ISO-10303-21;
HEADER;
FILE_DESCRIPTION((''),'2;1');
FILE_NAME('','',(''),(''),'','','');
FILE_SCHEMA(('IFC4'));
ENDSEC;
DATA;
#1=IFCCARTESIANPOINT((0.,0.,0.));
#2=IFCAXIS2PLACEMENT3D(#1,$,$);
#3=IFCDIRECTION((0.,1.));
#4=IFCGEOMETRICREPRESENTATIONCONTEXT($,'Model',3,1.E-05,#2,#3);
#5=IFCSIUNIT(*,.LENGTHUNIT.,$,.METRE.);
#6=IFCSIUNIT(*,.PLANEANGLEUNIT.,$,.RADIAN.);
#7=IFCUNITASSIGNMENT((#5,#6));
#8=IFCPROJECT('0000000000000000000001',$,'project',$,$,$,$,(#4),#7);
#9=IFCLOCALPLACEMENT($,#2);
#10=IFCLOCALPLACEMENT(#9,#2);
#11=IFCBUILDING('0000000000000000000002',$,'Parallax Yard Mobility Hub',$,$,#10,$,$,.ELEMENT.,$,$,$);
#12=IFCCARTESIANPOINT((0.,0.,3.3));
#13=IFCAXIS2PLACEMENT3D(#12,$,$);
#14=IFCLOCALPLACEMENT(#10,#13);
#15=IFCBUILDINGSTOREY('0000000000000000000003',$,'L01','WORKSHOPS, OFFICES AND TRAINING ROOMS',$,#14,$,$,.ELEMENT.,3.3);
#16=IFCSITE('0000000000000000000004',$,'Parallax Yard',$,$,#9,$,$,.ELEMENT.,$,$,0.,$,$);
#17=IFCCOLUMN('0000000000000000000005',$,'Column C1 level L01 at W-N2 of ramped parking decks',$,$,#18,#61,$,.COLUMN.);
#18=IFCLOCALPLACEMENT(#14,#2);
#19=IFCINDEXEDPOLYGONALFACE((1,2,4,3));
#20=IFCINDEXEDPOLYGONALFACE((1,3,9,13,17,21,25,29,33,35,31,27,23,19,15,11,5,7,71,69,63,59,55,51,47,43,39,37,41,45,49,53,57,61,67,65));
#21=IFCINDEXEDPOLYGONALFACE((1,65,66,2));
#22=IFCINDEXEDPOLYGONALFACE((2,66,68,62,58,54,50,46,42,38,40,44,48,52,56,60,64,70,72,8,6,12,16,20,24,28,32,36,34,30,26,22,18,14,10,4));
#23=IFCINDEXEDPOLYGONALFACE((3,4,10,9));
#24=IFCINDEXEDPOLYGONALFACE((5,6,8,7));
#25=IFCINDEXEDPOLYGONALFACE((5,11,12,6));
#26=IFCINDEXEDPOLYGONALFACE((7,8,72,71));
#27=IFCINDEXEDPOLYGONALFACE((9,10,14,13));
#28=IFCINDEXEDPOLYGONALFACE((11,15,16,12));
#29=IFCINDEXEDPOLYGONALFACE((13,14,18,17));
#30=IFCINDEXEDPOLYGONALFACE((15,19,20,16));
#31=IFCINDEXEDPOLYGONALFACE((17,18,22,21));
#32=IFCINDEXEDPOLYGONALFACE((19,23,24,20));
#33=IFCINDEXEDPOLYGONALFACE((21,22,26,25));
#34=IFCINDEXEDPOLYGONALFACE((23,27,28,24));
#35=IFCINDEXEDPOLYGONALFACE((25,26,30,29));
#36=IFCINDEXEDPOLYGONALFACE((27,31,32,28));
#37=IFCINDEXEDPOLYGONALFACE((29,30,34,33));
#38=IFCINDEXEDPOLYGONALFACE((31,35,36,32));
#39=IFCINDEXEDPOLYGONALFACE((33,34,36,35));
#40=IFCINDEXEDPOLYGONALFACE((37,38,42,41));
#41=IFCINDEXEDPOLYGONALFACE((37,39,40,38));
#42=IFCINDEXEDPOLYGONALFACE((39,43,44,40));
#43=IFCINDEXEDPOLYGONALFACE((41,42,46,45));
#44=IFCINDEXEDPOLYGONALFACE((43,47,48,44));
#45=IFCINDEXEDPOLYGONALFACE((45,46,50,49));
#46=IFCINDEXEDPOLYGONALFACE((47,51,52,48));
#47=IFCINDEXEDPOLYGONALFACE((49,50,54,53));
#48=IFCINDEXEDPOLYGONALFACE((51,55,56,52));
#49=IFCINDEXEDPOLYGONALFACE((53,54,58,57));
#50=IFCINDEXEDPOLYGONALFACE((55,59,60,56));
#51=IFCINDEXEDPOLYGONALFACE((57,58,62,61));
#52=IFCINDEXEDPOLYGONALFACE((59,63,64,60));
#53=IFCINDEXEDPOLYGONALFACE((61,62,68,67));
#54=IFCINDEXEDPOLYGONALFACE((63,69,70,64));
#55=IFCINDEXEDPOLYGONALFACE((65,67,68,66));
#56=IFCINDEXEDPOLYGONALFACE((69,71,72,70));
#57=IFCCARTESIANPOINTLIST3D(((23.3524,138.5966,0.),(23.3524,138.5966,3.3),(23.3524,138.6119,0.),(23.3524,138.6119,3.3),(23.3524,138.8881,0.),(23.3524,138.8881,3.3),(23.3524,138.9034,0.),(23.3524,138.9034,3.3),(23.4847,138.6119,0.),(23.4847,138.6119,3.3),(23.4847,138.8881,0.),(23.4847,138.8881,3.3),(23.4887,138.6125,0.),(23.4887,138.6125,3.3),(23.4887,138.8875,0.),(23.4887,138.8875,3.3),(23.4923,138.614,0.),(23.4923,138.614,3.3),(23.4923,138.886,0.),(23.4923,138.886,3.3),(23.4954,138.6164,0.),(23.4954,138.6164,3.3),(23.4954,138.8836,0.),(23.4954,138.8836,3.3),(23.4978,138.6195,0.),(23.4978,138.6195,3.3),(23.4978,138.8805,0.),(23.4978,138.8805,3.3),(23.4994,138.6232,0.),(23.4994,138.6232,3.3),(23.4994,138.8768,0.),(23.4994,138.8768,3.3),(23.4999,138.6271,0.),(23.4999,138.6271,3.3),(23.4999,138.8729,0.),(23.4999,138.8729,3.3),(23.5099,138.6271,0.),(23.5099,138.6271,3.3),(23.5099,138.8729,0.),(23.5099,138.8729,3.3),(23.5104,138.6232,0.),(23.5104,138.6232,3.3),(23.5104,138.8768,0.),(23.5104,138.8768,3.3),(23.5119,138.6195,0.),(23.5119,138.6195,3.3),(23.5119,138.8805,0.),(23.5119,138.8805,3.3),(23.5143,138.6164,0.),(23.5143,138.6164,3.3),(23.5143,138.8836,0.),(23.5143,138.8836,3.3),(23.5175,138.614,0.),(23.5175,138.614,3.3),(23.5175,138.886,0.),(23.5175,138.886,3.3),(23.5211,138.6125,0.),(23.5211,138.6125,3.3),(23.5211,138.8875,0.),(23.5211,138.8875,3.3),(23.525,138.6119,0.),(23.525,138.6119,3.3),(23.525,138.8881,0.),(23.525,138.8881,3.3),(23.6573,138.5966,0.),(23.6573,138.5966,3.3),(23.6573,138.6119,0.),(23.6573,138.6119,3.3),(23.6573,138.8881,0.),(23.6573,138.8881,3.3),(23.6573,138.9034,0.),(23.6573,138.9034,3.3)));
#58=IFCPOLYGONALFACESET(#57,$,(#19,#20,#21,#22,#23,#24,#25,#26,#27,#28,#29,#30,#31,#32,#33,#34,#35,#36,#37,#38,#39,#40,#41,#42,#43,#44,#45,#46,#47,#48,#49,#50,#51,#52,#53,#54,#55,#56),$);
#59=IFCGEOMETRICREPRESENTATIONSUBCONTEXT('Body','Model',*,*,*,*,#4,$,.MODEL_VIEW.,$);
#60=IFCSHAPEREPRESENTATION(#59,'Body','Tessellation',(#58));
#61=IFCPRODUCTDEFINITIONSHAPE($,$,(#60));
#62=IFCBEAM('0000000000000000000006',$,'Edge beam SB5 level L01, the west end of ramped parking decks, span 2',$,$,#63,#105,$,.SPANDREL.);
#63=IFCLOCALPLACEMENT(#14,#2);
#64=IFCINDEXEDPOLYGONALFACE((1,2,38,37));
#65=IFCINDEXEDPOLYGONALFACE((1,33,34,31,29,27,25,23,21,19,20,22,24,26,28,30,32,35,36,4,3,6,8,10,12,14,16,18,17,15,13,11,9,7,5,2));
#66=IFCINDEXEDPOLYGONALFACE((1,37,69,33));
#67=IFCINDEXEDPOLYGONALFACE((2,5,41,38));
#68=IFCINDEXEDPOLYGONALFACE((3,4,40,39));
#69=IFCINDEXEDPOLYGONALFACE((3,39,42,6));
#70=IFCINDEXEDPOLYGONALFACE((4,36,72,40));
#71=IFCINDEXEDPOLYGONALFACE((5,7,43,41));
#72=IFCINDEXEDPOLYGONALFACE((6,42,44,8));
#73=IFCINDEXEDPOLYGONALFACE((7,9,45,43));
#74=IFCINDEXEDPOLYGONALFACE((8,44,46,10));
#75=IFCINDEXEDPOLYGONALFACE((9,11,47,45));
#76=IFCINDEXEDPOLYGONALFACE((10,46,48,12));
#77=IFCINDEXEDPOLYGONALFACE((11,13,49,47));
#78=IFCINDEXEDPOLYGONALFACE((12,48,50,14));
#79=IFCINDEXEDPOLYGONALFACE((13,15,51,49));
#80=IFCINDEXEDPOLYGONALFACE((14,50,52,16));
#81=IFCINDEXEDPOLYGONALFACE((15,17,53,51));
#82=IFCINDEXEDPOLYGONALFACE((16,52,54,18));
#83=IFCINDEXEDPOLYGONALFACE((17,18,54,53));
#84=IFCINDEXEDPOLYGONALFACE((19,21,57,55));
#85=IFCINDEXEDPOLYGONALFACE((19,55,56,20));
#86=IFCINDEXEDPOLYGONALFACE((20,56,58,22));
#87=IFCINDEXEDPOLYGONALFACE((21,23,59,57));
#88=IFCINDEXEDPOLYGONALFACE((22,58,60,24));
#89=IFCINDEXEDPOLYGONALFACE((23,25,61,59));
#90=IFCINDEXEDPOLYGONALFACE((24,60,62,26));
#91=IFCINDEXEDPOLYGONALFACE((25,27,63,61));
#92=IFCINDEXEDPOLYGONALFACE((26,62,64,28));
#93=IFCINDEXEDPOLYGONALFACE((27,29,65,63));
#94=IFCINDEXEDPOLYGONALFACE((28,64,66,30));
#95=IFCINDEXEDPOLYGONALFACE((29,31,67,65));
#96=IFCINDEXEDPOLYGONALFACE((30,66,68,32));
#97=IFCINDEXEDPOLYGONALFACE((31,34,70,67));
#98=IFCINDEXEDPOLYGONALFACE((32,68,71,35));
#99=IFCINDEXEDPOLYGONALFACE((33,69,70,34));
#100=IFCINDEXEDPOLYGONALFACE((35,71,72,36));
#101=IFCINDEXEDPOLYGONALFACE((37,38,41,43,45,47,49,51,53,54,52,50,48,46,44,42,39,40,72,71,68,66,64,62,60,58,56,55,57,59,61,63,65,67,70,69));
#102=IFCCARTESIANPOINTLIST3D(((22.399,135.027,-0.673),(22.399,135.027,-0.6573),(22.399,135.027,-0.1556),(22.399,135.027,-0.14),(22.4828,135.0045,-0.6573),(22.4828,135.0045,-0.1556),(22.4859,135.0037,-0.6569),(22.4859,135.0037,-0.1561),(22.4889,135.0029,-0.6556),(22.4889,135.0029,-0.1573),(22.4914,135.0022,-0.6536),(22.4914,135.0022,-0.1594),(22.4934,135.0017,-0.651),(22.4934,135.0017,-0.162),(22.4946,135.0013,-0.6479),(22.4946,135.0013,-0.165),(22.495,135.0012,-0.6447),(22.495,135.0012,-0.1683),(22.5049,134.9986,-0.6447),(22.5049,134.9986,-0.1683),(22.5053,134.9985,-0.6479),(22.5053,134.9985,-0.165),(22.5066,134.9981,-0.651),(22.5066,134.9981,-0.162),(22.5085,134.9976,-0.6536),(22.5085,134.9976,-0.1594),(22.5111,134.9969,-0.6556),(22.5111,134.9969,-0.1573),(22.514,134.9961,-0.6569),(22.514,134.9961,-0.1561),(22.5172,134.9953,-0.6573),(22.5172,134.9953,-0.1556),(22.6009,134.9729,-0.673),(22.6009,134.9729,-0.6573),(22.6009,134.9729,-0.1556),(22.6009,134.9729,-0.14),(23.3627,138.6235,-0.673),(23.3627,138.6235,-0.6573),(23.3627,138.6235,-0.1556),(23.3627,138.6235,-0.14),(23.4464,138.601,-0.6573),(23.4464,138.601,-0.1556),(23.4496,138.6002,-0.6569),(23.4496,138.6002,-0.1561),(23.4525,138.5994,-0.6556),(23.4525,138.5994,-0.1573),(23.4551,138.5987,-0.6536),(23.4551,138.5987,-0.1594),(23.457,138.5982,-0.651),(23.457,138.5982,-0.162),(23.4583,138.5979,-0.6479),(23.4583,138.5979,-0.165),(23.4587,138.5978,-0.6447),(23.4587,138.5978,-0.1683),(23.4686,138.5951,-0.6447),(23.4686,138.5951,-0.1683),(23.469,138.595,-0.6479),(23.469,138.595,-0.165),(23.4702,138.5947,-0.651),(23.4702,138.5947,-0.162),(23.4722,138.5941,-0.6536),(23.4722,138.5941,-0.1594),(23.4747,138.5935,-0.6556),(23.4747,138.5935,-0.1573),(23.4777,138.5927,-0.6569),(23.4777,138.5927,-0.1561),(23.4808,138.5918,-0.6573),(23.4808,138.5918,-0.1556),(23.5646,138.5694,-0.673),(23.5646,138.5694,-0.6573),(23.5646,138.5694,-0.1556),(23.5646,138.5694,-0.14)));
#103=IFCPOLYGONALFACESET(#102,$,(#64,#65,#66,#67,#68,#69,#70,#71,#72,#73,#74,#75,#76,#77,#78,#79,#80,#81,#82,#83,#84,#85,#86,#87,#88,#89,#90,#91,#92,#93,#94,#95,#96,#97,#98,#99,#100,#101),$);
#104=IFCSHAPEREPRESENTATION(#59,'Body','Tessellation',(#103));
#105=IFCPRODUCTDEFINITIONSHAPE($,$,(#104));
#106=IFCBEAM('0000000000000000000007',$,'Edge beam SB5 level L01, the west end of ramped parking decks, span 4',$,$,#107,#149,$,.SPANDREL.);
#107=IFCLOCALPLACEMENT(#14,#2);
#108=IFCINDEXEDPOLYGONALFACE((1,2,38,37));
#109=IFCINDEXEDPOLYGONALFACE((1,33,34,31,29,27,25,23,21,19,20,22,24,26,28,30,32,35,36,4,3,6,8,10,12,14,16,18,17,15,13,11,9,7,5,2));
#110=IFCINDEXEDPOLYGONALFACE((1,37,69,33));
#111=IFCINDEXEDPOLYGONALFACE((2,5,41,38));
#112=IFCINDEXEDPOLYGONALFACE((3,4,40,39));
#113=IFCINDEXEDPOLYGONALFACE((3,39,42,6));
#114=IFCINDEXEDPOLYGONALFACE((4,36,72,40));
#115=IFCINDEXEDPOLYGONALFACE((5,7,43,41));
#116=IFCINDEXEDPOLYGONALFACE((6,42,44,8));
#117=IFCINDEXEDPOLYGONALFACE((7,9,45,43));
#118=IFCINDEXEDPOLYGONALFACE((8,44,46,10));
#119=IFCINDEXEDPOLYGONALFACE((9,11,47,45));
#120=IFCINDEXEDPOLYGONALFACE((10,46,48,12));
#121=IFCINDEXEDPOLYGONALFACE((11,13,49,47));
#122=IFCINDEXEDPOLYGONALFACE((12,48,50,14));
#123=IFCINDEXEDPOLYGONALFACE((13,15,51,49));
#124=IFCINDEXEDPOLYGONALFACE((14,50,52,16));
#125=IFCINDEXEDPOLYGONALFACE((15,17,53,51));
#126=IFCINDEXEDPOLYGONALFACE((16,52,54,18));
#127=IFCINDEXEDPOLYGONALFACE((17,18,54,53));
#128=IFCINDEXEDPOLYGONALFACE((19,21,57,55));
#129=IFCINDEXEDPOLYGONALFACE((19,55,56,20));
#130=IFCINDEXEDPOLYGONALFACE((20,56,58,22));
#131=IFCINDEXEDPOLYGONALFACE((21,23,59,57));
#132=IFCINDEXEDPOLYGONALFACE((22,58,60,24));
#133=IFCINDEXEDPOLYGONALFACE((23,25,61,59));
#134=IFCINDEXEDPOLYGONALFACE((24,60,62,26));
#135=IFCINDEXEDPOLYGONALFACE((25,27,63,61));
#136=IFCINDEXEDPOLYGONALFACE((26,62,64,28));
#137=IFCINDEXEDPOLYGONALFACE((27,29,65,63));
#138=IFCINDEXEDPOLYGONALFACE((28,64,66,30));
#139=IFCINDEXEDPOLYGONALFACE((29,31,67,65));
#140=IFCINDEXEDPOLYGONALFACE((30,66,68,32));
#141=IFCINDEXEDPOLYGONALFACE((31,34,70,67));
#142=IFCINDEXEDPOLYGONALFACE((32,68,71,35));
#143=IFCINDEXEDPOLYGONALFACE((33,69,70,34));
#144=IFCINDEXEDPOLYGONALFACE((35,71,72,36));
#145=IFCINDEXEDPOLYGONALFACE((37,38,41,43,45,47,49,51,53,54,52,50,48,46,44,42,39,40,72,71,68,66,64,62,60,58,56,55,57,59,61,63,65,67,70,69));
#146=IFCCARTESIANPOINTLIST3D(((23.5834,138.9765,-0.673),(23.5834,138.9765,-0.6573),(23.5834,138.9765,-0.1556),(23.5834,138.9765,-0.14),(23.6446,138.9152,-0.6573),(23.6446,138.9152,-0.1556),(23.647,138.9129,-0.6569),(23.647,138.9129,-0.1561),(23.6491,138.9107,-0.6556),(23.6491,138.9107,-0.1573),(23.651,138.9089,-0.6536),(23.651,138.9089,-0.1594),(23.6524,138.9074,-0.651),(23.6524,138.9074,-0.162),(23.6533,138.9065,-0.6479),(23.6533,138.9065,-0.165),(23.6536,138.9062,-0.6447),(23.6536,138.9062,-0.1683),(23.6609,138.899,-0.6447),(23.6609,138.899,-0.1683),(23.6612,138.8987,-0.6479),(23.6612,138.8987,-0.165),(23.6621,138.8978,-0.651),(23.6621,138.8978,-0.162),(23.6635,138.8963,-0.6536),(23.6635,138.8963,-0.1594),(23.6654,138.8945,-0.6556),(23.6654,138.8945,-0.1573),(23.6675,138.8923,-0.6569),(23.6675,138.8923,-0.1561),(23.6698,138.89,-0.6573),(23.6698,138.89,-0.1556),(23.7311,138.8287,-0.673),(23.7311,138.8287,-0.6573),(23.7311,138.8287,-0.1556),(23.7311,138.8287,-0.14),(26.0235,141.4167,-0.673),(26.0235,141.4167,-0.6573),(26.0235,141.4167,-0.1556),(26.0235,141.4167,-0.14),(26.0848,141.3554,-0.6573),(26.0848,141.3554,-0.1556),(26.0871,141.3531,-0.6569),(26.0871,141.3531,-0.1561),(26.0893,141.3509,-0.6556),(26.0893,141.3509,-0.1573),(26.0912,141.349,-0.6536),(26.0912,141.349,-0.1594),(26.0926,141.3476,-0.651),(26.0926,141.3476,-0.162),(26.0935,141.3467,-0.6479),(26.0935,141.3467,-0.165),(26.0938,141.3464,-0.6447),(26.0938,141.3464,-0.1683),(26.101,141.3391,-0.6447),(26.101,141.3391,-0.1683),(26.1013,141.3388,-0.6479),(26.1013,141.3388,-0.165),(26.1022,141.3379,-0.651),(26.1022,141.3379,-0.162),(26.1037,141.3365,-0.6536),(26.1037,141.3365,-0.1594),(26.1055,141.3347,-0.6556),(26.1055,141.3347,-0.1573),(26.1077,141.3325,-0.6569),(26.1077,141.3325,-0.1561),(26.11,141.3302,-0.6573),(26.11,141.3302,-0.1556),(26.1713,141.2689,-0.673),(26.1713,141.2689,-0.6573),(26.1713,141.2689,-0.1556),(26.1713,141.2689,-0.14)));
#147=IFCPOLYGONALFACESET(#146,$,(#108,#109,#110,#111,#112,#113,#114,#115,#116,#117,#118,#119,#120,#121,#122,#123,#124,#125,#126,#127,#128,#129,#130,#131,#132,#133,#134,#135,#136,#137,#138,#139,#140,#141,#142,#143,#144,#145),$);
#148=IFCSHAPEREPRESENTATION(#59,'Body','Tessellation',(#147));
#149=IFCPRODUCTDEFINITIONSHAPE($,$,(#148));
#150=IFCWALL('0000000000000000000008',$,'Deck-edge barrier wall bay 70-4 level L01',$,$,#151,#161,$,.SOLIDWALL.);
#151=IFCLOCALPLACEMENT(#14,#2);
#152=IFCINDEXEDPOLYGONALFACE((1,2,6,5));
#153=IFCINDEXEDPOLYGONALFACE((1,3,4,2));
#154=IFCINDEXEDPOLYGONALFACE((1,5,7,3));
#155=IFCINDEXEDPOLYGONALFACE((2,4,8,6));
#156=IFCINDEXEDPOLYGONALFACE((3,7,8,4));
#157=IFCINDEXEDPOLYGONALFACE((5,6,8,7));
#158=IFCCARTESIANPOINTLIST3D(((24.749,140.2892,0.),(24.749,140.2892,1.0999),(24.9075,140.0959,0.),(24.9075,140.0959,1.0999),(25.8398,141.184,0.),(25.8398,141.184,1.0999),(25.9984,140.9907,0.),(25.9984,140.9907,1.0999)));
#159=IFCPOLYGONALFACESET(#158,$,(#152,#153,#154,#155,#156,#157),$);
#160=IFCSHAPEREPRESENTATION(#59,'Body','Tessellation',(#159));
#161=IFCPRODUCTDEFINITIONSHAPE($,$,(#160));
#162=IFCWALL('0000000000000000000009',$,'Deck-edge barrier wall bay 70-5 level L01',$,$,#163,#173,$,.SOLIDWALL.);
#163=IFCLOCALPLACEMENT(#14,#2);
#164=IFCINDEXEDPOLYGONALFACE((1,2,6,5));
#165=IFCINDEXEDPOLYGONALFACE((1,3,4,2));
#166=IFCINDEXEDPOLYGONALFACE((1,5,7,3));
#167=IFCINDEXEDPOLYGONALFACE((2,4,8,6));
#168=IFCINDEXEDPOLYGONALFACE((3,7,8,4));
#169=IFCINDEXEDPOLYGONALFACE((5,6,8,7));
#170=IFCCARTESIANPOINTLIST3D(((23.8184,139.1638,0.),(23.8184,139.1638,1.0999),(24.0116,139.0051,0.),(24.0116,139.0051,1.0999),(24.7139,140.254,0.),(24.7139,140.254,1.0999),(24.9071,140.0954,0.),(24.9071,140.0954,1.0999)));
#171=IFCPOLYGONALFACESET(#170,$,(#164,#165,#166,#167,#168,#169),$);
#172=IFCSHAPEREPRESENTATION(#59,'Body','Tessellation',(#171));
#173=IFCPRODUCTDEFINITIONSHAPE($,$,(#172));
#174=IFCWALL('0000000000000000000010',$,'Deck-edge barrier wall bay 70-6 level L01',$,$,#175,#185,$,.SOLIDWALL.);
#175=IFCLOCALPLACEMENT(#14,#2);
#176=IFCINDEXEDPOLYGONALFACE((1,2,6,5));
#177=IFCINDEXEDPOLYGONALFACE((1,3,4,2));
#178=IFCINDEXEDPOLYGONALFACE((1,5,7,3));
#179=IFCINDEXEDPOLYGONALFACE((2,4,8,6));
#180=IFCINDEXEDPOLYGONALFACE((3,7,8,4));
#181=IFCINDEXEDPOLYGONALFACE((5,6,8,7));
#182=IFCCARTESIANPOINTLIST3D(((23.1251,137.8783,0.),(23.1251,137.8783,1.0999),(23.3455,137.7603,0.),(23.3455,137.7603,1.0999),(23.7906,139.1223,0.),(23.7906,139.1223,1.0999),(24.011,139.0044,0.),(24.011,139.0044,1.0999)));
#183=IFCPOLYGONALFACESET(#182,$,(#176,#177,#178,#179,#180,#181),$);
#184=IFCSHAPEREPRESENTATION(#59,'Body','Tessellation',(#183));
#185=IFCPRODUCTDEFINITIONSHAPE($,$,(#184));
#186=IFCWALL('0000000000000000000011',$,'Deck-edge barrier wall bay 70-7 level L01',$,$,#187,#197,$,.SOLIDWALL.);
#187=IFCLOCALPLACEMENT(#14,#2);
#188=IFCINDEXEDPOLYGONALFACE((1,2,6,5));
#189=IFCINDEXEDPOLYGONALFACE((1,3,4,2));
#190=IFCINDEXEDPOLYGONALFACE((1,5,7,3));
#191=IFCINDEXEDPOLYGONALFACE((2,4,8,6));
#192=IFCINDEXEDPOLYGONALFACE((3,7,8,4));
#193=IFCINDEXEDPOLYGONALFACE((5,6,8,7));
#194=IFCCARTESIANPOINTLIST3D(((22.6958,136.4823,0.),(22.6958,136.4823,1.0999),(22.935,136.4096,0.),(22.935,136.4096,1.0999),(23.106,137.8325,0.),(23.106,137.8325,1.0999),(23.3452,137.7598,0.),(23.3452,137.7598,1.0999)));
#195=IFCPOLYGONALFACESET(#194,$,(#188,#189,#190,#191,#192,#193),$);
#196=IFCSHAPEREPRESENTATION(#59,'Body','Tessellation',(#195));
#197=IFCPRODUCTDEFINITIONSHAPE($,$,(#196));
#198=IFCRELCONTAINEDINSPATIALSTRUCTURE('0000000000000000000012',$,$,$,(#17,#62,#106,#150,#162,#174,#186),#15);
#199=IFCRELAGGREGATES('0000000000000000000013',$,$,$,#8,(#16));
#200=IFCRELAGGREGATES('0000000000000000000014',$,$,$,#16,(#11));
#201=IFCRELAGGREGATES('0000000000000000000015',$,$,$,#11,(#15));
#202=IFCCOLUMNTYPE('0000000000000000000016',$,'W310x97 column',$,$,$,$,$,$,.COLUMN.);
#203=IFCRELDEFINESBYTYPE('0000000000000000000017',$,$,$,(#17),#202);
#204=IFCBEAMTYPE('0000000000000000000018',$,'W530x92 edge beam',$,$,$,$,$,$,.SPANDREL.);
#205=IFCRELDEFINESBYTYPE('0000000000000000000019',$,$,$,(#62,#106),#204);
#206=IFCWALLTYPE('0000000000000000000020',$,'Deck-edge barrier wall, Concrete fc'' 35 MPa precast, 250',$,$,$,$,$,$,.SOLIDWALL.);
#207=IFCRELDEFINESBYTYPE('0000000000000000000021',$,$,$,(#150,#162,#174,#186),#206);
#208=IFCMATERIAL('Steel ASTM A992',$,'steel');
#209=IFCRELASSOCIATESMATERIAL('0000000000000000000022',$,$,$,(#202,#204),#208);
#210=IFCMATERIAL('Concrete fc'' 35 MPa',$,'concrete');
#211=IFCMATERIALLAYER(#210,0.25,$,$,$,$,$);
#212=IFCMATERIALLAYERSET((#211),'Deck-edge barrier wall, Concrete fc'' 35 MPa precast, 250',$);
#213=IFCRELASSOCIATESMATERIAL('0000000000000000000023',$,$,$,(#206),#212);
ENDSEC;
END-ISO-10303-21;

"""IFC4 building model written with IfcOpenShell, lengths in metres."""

from ifc_helpers import new_model, si_unit, direction, frame, frame_2d, origin, origin_2d, place, context, subcontext, project, spatial, rectangle, i_section, extrude, material, layer, layer_set, material_profile, profile_set, type_object, element, save


model = new_model("IFC4")

# Units and contexts
model_context = context("Model", 3, precision=1e-05, world=origin(), true_north=direction((0.0, 1.0)))
body_context = subcontext(model_context, "Body", "Model", "MODEL_VIEW")
ifc_project = project(units=[si_unit("LENGTHUNIT", "METRE"), si_unit("PLANEANGLEUNIT", "RADIAN")], contexts=[model_context])

# Site, building, storey
site_placement = place(None, origin())
site = spatial("IfcSite", under=ifc_project, at=site_placement, Name="Parallax Yard", CompositionType="ELEMENT", RefElevation=0.0)
building_placement = place(site_placement, origin())
building = spatial("IfcBuilding", under=site, at=building_placement, Name="Parallax Yard Mobility Hub", CompositionType="ELEMENT")
storey_placement = place(building_placement, frame((0.0, 0.0, 3.3)))
storey = spatial("IfcBuildingStorey", under=building, at=storey_placement, Name="L01", Description="WORKSHOPS, OFFICES AND TRAINING ROOMS", CompositionType="ELEMENT", Elevation=3.3)

# Column
ifc_material_1 = material(Name="Steel ASTM A992", Category="steel")
ifc_material_profile_1 = material_profile(ifc_material_1, i_section(OverallWidth=0.3049, OverallDepth=0.3069, WebThickness=0.01, FlangeThickness=0.0154, FilletRadius=0.0151, at=origin_2d()), Name="W310x97")
ifc_profile_set_1 = profile_set([ifc_material_profile_1], Name="Steel ASTM A992")
column_type = type_object("IfcColumnType", Name="W310x97 column", PredefinedType="COLUMN", material=ifc_profile_set_1)
column_placement = place(storey_placement, frame((23.5049, 138.75, 0.0), z_axis=(0.0, 0.0, 1.0), x_axis=(1.0, 0.0, 0.0)))
element("IfcColumn", 1, at=column_placement, inside=storey, type_object=column_type, Name="Column C1 level L01 at W-N2 of ramped parking decks", PredefinedType="COLUMN", context=body_context, shape_type="SweptSolid", body=[
    extrude(i_section(OverallWidth=0.3049, OverallDepth=0.3069, WebThickness=0.01, FlangeThickness=0.0154, FilletRadius=0.0151, at=origin_2d()), origin(), (0.0, 0.0, 1.0), 3.3),
])

# Beams
ifc_material_profile_2 = material_profile(ifc_material_1, i_section(OverallWidth=0.209, OverallDepth=0.533, WebThickness=0.0103, FlangeThickness=0.0156, FilletRadius=0.0127, at=origin_2d()), Name="W530x92")
ifc_profile_set_2 = profile_set([ifc_material_profile_2], Name="Steel ASTM A992")
beam_type = type_object("IfcBeamType", Name="W530x92 edge beam", PredefinedType="SPANDREL", material=ifc_profile_set_2)
beam_1_placement = place(storey_placement, frame((23.4636, 138.5964, -0.4065), z_axis=(-0.258809, -0.965928, 0.0), x_axis=(0.965928, -0.258809, 0.0)))
element("IfcBeam", 2, at=beam_1_placement, inside=storey, type_object=beam_type, Name="Edge beam SB5 level L01, the west end of ramped parking decks, span 2", PredefinedType="SPANDREL", context=body_context, shape_type="SweptSolid", body=[
    extrude(i_section(OverallWidth=0.209, OverallDepth=0.533, WebThickness=0.0103, FlangeThickness=0.0156, FilletRadius=0.0127, at=origin_2d()), origin(), (0.0, 0.0, 1.0), 3.7234),
])
beam_2_placement = place(storey_placement, frame((26.0974, 141.3428, -0.4065), z_axis=(-0.707107, -0.707107, 0.0), x_axis=(0.707107, -0.707107, 0.0)))
element("IfcBeam", 3, at=beam_2_placement, inside=storey, type_object=beam_type, Name="Edge beam SB5 level L01, the west end of ramped parking decks, span 4", PredefinedType="SPANDREL", context=body_context, shape_type="SweptSolid", body=[
    extrude(i_section(OverallWidth=0.209, OverallDepth=0.533, WebThickness=0.0103, FlangeThickness=0.0156, FilletRadius=0.0127, at=origin_2d()), origin(), (0.0, 0.0, 1.0), 3.4509),
])

# Walls
ifc_material_2 = material(Name="Concrete fc' 35 MPa", Category="concrete")
ifc_layer_1 = layer(ifc_material_2, 0.25)
ifc_layer_set_1 = layer_set([ifc_layer_1], Name="Deck-edge barrier wall, Concrete fc' 35 MPa precast, 250")
wall_type = type_object("IfcWallType", Name="Deck-edge barrier wall, Concrete fc' 35 MPa precast, 250", PredefinedType="SOLIDWALL", material=ifc_layer_set_1)
for number, where, z_axis, x_axis, name in (
    (4, (25.9192, 141.0874, 0.0), (0.0, 0.0, 1.0), (-0.773163, -0.634208, 0.0), "Deck-edge barrier wall bay 70-4 level L01"),
    (5, (24.8105, 140.1748, 0.0), (0.0, 0.0, 1.0), (-0.634688, -0.772769, 0.0), "Deck-edge barrier wall bay 70-5 level L01"),
    (6, (23.9009, 139.0635, 0.0), (0.0, 0.0, 1.0), (-0.471684, -0.881768, 0.0), "Deck-edge barrier wall bay 70-6 level L01"),
):
    element("IfcWall", number, at=place(storey_placement, frame(where, z_axis=z_axis, x_axis=x_axis)), inside=storey, type_object=wall_type, Name=name, PredefinedType="SOLIDWALL", context=body_context, shape_type="SweptSolid", body=[
        extrude(rectangle(XDim=1.4109, YDim=0.25, at=frame_2d((0.7056, 0.0))), origin(), (0.0, 0.0, 1.0), 1.0999),
    ])
wall_placement = place(storey_placement, frame((23.2256, 137.7961, 0.0), z_axis=(0.0, 0.0, 1.0), x_axis=(-0.29068, -0.95682, 0.0)))
element("IfcWall", 7, at=wall_placement, inside=storey, type_object=wall_type, Name="Deck-edge barrier wall bay 70-7 level L01", PredefinedType="SOLIDWALL", context=body_context, shape_type="SweptSolid", body=[
    extrude(rectangle(XDim=1.4111, YDim=0.25, at=frame_2d((0.7056, 0.0))), origin(), (0.0, 0.0, 1.0), 1.0999),
])

save(model, "model.ifc")
